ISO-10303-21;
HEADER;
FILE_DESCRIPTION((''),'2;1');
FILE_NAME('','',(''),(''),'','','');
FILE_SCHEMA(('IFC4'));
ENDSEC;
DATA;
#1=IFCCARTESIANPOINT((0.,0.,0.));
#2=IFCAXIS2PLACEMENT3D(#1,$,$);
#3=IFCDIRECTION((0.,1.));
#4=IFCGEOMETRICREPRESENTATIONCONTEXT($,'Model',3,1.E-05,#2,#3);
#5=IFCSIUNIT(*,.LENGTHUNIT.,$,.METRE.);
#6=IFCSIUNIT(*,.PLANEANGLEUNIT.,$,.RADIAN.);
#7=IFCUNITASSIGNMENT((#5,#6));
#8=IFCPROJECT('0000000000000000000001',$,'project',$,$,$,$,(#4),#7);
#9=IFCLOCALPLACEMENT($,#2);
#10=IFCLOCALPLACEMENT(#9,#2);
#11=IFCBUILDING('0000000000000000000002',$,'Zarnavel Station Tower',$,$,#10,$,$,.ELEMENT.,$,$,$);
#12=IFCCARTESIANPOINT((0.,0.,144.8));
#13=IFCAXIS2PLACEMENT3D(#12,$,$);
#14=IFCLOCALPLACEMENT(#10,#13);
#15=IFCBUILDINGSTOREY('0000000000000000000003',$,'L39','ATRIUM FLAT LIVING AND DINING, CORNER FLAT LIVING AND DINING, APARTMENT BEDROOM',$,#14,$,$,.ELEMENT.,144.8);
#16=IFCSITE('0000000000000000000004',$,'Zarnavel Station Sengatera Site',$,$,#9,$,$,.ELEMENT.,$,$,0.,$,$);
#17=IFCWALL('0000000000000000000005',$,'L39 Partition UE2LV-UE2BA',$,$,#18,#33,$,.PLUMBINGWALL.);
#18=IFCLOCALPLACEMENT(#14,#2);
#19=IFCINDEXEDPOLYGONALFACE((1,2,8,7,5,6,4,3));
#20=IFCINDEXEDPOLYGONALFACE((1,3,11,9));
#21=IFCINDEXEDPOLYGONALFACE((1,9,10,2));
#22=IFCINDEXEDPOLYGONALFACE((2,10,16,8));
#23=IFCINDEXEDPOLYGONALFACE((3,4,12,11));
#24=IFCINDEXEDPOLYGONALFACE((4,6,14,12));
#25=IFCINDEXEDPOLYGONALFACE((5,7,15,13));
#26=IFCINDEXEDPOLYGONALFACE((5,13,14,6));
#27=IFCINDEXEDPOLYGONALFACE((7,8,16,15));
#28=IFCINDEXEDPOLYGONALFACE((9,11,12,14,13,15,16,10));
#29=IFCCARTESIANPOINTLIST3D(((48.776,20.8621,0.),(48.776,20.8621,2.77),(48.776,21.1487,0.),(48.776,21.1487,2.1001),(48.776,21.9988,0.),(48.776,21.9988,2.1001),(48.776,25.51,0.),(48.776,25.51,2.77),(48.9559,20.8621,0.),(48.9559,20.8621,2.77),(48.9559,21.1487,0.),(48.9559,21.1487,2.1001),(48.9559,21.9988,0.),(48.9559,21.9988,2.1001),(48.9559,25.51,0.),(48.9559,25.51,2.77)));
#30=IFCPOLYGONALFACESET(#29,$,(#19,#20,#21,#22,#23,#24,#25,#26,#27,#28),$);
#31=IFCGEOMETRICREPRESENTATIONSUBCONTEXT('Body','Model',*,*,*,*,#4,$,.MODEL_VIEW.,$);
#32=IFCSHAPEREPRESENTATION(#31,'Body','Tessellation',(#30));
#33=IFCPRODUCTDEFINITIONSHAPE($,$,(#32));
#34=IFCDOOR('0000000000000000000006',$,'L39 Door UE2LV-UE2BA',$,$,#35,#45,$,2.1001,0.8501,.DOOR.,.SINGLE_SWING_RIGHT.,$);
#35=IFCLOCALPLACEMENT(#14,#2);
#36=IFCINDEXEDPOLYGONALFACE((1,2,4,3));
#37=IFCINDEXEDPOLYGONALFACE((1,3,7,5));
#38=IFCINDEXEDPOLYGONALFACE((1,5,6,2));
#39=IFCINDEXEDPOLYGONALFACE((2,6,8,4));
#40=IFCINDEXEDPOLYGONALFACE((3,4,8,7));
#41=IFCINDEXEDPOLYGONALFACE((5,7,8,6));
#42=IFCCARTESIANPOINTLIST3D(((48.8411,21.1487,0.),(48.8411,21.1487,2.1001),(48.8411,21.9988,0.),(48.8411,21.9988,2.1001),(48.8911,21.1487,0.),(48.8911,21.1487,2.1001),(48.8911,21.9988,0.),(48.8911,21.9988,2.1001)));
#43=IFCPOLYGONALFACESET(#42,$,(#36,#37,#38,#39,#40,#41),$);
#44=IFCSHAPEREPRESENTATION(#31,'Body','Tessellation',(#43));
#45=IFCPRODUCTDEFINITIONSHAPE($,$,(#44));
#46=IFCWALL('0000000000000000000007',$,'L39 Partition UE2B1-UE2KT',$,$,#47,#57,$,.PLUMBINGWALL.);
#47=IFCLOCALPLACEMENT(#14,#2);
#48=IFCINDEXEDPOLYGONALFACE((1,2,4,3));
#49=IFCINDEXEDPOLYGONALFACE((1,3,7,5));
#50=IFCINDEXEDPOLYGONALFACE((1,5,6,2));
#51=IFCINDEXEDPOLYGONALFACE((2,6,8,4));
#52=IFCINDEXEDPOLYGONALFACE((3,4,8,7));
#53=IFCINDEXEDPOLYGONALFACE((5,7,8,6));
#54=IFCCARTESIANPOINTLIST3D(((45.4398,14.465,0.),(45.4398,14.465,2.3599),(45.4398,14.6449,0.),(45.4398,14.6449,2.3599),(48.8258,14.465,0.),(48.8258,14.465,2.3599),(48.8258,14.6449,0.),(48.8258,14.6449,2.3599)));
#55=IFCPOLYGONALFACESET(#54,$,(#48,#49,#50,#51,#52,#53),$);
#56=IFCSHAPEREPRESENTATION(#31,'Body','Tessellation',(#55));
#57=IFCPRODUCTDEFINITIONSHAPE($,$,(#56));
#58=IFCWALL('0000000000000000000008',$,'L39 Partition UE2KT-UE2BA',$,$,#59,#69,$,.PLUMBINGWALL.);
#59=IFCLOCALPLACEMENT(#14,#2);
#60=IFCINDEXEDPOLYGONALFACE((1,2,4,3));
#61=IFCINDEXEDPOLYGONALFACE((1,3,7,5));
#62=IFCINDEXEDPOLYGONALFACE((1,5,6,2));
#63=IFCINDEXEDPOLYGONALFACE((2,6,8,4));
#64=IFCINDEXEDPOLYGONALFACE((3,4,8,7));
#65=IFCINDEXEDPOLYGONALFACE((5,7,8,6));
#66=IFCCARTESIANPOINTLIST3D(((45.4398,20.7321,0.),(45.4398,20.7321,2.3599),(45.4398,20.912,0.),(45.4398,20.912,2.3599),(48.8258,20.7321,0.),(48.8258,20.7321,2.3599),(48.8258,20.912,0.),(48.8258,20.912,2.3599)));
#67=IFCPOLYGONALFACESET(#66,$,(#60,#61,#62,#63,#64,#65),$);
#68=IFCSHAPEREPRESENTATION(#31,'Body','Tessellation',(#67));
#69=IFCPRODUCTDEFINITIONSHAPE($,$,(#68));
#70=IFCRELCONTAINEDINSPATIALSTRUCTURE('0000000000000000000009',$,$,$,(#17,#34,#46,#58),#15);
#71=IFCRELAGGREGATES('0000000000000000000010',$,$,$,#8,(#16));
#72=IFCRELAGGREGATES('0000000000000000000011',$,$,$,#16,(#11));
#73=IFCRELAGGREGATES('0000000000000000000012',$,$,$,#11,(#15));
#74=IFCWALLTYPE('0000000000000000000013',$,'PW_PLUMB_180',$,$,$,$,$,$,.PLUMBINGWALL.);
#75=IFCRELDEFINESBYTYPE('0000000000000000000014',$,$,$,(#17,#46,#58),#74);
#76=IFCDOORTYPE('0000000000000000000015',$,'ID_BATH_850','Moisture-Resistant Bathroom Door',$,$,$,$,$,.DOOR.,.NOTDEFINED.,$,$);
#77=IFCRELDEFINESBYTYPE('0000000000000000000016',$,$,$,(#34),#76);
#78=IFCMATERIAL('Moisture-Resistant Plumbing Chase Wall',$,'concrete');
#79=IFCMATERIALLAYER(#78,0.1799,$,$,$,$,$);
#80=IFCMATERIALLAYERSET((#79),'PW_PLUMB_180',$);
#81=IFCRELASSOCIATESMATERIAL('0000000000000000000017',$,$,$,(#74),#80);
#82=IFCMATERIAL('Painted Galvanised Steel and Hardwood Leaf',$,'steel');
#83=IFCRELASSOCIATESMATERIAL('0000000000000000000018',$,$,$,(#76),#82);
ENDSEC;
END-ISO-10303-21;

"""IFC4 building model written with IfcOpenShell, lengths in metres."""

from ifc_helpers import new_model, si_unit, direction, frame, frame_2d, origin, place, context, subcontext, project, spatial, rectangle, extrude, material, layer, layer_set, type_object, element, fill, save


model = new_model("IFC4")

# Units and contexts
model_context = context("Model", 3, precision=1e-05, world=origin(), true_north=direction((0.0, 1.0)))
body_context = subcontext(model_context, "Body", "Model", "MODEL_VIEW")
ifc_project = project(units=[si_unit("LENGTHUNIT", "METRE"), si_unit("PLANEANGLEUNIT", "RADIAN")], contexts=[model_context])

# Site, building, storey
site_placement = place(None, origin())
site = spatial("IfcSite", under=ifc_project, at=site_placement, Name="Zarnavel Station Sengatera Site", CompositionType="ELEMENT", RefElevation=0.0)
building_placement = place(site_placement, origin())
building = spatial("IfcBuilding", under=site, at=building_placement, Name="Zarnavel Station Tower", CompositionType="ELEMENT")
storey_placement = place(building_placement, frame((0.0, 0.0, 144.8)))
storey = spatial("IfcBuildingStorey", under=building, at=storey_placement, Name="L39", Description="ATRIUM FLAT LIVING AND DINING, CORNER FLAT LIVING AND DINING, APARTMENT BEDROOM", CompositionType="ELEMENT", Elevation=144.8)

# Shared definitions
ifc_material_1 = material(Name="Moisture-Resistant Plumbing Chase Wall", Category="concrete")
ifc_layer_1 = layer(ifc_material_1, 0.1799)
ifc_layer_set_1 = layer_set([ifc_layer_1], Name="PW_PLUMB_180")
wall_type_1 = type_object("IfcWallType", Name="PW_PLUMB_180", PredefinedType="PLUMBINGWALL", material=ifc_layer_set_1)

# Wall, opening, door
wall_1_placement = place(storey_placement, frame((48.866, 20.8621, 0.0), z_axis=(0.0, 0.0, 1.0), x_axis=(0.0, 1.0, 0.0)))
wall_1 = element("IfcWall", 1, at=wall_1_placement, inside=storey, type_object=wall_type_1, Name="L39 Partition UE2LV-UE2BA", PredefinedType="PLUMBINGWALL", context=body_context, shape_type="SweptSolid", body=[
    extrude(rectangle(XDim=4.6479, YDim=0.1799, at=frame_2d((2.324, 0.0))), origin(), (0.0, 0.0, 1.0), 2.77),
])
opening_1_placement = place(wall_1_placement, frame((0.2866, 0.0, 0.0)))
opening_1 = element("IfcOpeningElement", 2, at=opening_1_placement, cuts=wall_1, PredefinedType="OPENING", context=body_context, shape_type="SweptSolid", body=[
    extrude(rectangle(XDim=0.8501, YDim=2.1001, at=frame_2d((0.425, 1.05))), frame((0.0, 0.0999, 0.0), z_axis=(0.0, -1.0, 0.0), x_axis=(1.0, 0.0, 0.0)), (0.0, 0.0, 1.0), 0.2),
])
ifc_material_2 = material(Name="Painted Galvanised Steel and Hardwood Leaf", Category="steel")
door_type_1 = type_object("IfcDoorType", Name="ID_BATH_850", Description="Moisture-Resistant Bathroom Door", OperationType="NOTDEFINED", PredefinedType="DOOR", material=ifc_material_2)
door_1_placement = place(opening_1_placement, origin())
door_1 = element("IfcDoor", 3, at=door_1_placement, inside=storey, type_object=door_type_1, Name="L39 Door UE2LV-UE2BA", OperationType="SINGLE_SWING_RIGHT", OverallHeight=2.1001, OverallWidth=0.8501, PredefinedType="DOOR", context=body_context, shape_type="SweptSolid", body=[
    extrude(rectangle(XDim=0.8501, YDim=2.1001, at=frame_2d((0.425, 1.05))), frame((0.0, 0.0249, 0.0), z_axis=(0.0, -1.0, 0.0), x_axis=(1.0, 0.0, 0.0)), (0.0, 0.0, 1.0), 0.05),
])
fill(opening_1, door_1)

# Walls
for number, where, z_axis, x_axis, name in (
    (4, (45.4399, 14.5549, 0.0), (0.0, 0.0, 1.0), (1.0, 0.0, 0.0), "L39 Partition UE2B1-UE2KT"),
    (5, (45.4399, 20.822, 0.0), (0.0, 0.0, 1.0), (1.0, 0.0, 0.0), "L39 Partition UE2KT-UE2BA"),
):
    element("IfcWall", number, at=place(storey_placement, frame(where, z_axis=z_axis, x_axis=x_axis)), inside=storey, type_object=wall_type_1, Name=name, PredefinedType="PLUMBINGWALL", context=body_context, shape_type="SweptSolid", body=[
        extrude(rectangle(XDim=3.386, YDim=0.1799, at=frame_2d((1.6929, 0.0))), origin(), (0.0, 0.0, 1.0), 2.3599),
    ])

save(model, "model.ifc")
